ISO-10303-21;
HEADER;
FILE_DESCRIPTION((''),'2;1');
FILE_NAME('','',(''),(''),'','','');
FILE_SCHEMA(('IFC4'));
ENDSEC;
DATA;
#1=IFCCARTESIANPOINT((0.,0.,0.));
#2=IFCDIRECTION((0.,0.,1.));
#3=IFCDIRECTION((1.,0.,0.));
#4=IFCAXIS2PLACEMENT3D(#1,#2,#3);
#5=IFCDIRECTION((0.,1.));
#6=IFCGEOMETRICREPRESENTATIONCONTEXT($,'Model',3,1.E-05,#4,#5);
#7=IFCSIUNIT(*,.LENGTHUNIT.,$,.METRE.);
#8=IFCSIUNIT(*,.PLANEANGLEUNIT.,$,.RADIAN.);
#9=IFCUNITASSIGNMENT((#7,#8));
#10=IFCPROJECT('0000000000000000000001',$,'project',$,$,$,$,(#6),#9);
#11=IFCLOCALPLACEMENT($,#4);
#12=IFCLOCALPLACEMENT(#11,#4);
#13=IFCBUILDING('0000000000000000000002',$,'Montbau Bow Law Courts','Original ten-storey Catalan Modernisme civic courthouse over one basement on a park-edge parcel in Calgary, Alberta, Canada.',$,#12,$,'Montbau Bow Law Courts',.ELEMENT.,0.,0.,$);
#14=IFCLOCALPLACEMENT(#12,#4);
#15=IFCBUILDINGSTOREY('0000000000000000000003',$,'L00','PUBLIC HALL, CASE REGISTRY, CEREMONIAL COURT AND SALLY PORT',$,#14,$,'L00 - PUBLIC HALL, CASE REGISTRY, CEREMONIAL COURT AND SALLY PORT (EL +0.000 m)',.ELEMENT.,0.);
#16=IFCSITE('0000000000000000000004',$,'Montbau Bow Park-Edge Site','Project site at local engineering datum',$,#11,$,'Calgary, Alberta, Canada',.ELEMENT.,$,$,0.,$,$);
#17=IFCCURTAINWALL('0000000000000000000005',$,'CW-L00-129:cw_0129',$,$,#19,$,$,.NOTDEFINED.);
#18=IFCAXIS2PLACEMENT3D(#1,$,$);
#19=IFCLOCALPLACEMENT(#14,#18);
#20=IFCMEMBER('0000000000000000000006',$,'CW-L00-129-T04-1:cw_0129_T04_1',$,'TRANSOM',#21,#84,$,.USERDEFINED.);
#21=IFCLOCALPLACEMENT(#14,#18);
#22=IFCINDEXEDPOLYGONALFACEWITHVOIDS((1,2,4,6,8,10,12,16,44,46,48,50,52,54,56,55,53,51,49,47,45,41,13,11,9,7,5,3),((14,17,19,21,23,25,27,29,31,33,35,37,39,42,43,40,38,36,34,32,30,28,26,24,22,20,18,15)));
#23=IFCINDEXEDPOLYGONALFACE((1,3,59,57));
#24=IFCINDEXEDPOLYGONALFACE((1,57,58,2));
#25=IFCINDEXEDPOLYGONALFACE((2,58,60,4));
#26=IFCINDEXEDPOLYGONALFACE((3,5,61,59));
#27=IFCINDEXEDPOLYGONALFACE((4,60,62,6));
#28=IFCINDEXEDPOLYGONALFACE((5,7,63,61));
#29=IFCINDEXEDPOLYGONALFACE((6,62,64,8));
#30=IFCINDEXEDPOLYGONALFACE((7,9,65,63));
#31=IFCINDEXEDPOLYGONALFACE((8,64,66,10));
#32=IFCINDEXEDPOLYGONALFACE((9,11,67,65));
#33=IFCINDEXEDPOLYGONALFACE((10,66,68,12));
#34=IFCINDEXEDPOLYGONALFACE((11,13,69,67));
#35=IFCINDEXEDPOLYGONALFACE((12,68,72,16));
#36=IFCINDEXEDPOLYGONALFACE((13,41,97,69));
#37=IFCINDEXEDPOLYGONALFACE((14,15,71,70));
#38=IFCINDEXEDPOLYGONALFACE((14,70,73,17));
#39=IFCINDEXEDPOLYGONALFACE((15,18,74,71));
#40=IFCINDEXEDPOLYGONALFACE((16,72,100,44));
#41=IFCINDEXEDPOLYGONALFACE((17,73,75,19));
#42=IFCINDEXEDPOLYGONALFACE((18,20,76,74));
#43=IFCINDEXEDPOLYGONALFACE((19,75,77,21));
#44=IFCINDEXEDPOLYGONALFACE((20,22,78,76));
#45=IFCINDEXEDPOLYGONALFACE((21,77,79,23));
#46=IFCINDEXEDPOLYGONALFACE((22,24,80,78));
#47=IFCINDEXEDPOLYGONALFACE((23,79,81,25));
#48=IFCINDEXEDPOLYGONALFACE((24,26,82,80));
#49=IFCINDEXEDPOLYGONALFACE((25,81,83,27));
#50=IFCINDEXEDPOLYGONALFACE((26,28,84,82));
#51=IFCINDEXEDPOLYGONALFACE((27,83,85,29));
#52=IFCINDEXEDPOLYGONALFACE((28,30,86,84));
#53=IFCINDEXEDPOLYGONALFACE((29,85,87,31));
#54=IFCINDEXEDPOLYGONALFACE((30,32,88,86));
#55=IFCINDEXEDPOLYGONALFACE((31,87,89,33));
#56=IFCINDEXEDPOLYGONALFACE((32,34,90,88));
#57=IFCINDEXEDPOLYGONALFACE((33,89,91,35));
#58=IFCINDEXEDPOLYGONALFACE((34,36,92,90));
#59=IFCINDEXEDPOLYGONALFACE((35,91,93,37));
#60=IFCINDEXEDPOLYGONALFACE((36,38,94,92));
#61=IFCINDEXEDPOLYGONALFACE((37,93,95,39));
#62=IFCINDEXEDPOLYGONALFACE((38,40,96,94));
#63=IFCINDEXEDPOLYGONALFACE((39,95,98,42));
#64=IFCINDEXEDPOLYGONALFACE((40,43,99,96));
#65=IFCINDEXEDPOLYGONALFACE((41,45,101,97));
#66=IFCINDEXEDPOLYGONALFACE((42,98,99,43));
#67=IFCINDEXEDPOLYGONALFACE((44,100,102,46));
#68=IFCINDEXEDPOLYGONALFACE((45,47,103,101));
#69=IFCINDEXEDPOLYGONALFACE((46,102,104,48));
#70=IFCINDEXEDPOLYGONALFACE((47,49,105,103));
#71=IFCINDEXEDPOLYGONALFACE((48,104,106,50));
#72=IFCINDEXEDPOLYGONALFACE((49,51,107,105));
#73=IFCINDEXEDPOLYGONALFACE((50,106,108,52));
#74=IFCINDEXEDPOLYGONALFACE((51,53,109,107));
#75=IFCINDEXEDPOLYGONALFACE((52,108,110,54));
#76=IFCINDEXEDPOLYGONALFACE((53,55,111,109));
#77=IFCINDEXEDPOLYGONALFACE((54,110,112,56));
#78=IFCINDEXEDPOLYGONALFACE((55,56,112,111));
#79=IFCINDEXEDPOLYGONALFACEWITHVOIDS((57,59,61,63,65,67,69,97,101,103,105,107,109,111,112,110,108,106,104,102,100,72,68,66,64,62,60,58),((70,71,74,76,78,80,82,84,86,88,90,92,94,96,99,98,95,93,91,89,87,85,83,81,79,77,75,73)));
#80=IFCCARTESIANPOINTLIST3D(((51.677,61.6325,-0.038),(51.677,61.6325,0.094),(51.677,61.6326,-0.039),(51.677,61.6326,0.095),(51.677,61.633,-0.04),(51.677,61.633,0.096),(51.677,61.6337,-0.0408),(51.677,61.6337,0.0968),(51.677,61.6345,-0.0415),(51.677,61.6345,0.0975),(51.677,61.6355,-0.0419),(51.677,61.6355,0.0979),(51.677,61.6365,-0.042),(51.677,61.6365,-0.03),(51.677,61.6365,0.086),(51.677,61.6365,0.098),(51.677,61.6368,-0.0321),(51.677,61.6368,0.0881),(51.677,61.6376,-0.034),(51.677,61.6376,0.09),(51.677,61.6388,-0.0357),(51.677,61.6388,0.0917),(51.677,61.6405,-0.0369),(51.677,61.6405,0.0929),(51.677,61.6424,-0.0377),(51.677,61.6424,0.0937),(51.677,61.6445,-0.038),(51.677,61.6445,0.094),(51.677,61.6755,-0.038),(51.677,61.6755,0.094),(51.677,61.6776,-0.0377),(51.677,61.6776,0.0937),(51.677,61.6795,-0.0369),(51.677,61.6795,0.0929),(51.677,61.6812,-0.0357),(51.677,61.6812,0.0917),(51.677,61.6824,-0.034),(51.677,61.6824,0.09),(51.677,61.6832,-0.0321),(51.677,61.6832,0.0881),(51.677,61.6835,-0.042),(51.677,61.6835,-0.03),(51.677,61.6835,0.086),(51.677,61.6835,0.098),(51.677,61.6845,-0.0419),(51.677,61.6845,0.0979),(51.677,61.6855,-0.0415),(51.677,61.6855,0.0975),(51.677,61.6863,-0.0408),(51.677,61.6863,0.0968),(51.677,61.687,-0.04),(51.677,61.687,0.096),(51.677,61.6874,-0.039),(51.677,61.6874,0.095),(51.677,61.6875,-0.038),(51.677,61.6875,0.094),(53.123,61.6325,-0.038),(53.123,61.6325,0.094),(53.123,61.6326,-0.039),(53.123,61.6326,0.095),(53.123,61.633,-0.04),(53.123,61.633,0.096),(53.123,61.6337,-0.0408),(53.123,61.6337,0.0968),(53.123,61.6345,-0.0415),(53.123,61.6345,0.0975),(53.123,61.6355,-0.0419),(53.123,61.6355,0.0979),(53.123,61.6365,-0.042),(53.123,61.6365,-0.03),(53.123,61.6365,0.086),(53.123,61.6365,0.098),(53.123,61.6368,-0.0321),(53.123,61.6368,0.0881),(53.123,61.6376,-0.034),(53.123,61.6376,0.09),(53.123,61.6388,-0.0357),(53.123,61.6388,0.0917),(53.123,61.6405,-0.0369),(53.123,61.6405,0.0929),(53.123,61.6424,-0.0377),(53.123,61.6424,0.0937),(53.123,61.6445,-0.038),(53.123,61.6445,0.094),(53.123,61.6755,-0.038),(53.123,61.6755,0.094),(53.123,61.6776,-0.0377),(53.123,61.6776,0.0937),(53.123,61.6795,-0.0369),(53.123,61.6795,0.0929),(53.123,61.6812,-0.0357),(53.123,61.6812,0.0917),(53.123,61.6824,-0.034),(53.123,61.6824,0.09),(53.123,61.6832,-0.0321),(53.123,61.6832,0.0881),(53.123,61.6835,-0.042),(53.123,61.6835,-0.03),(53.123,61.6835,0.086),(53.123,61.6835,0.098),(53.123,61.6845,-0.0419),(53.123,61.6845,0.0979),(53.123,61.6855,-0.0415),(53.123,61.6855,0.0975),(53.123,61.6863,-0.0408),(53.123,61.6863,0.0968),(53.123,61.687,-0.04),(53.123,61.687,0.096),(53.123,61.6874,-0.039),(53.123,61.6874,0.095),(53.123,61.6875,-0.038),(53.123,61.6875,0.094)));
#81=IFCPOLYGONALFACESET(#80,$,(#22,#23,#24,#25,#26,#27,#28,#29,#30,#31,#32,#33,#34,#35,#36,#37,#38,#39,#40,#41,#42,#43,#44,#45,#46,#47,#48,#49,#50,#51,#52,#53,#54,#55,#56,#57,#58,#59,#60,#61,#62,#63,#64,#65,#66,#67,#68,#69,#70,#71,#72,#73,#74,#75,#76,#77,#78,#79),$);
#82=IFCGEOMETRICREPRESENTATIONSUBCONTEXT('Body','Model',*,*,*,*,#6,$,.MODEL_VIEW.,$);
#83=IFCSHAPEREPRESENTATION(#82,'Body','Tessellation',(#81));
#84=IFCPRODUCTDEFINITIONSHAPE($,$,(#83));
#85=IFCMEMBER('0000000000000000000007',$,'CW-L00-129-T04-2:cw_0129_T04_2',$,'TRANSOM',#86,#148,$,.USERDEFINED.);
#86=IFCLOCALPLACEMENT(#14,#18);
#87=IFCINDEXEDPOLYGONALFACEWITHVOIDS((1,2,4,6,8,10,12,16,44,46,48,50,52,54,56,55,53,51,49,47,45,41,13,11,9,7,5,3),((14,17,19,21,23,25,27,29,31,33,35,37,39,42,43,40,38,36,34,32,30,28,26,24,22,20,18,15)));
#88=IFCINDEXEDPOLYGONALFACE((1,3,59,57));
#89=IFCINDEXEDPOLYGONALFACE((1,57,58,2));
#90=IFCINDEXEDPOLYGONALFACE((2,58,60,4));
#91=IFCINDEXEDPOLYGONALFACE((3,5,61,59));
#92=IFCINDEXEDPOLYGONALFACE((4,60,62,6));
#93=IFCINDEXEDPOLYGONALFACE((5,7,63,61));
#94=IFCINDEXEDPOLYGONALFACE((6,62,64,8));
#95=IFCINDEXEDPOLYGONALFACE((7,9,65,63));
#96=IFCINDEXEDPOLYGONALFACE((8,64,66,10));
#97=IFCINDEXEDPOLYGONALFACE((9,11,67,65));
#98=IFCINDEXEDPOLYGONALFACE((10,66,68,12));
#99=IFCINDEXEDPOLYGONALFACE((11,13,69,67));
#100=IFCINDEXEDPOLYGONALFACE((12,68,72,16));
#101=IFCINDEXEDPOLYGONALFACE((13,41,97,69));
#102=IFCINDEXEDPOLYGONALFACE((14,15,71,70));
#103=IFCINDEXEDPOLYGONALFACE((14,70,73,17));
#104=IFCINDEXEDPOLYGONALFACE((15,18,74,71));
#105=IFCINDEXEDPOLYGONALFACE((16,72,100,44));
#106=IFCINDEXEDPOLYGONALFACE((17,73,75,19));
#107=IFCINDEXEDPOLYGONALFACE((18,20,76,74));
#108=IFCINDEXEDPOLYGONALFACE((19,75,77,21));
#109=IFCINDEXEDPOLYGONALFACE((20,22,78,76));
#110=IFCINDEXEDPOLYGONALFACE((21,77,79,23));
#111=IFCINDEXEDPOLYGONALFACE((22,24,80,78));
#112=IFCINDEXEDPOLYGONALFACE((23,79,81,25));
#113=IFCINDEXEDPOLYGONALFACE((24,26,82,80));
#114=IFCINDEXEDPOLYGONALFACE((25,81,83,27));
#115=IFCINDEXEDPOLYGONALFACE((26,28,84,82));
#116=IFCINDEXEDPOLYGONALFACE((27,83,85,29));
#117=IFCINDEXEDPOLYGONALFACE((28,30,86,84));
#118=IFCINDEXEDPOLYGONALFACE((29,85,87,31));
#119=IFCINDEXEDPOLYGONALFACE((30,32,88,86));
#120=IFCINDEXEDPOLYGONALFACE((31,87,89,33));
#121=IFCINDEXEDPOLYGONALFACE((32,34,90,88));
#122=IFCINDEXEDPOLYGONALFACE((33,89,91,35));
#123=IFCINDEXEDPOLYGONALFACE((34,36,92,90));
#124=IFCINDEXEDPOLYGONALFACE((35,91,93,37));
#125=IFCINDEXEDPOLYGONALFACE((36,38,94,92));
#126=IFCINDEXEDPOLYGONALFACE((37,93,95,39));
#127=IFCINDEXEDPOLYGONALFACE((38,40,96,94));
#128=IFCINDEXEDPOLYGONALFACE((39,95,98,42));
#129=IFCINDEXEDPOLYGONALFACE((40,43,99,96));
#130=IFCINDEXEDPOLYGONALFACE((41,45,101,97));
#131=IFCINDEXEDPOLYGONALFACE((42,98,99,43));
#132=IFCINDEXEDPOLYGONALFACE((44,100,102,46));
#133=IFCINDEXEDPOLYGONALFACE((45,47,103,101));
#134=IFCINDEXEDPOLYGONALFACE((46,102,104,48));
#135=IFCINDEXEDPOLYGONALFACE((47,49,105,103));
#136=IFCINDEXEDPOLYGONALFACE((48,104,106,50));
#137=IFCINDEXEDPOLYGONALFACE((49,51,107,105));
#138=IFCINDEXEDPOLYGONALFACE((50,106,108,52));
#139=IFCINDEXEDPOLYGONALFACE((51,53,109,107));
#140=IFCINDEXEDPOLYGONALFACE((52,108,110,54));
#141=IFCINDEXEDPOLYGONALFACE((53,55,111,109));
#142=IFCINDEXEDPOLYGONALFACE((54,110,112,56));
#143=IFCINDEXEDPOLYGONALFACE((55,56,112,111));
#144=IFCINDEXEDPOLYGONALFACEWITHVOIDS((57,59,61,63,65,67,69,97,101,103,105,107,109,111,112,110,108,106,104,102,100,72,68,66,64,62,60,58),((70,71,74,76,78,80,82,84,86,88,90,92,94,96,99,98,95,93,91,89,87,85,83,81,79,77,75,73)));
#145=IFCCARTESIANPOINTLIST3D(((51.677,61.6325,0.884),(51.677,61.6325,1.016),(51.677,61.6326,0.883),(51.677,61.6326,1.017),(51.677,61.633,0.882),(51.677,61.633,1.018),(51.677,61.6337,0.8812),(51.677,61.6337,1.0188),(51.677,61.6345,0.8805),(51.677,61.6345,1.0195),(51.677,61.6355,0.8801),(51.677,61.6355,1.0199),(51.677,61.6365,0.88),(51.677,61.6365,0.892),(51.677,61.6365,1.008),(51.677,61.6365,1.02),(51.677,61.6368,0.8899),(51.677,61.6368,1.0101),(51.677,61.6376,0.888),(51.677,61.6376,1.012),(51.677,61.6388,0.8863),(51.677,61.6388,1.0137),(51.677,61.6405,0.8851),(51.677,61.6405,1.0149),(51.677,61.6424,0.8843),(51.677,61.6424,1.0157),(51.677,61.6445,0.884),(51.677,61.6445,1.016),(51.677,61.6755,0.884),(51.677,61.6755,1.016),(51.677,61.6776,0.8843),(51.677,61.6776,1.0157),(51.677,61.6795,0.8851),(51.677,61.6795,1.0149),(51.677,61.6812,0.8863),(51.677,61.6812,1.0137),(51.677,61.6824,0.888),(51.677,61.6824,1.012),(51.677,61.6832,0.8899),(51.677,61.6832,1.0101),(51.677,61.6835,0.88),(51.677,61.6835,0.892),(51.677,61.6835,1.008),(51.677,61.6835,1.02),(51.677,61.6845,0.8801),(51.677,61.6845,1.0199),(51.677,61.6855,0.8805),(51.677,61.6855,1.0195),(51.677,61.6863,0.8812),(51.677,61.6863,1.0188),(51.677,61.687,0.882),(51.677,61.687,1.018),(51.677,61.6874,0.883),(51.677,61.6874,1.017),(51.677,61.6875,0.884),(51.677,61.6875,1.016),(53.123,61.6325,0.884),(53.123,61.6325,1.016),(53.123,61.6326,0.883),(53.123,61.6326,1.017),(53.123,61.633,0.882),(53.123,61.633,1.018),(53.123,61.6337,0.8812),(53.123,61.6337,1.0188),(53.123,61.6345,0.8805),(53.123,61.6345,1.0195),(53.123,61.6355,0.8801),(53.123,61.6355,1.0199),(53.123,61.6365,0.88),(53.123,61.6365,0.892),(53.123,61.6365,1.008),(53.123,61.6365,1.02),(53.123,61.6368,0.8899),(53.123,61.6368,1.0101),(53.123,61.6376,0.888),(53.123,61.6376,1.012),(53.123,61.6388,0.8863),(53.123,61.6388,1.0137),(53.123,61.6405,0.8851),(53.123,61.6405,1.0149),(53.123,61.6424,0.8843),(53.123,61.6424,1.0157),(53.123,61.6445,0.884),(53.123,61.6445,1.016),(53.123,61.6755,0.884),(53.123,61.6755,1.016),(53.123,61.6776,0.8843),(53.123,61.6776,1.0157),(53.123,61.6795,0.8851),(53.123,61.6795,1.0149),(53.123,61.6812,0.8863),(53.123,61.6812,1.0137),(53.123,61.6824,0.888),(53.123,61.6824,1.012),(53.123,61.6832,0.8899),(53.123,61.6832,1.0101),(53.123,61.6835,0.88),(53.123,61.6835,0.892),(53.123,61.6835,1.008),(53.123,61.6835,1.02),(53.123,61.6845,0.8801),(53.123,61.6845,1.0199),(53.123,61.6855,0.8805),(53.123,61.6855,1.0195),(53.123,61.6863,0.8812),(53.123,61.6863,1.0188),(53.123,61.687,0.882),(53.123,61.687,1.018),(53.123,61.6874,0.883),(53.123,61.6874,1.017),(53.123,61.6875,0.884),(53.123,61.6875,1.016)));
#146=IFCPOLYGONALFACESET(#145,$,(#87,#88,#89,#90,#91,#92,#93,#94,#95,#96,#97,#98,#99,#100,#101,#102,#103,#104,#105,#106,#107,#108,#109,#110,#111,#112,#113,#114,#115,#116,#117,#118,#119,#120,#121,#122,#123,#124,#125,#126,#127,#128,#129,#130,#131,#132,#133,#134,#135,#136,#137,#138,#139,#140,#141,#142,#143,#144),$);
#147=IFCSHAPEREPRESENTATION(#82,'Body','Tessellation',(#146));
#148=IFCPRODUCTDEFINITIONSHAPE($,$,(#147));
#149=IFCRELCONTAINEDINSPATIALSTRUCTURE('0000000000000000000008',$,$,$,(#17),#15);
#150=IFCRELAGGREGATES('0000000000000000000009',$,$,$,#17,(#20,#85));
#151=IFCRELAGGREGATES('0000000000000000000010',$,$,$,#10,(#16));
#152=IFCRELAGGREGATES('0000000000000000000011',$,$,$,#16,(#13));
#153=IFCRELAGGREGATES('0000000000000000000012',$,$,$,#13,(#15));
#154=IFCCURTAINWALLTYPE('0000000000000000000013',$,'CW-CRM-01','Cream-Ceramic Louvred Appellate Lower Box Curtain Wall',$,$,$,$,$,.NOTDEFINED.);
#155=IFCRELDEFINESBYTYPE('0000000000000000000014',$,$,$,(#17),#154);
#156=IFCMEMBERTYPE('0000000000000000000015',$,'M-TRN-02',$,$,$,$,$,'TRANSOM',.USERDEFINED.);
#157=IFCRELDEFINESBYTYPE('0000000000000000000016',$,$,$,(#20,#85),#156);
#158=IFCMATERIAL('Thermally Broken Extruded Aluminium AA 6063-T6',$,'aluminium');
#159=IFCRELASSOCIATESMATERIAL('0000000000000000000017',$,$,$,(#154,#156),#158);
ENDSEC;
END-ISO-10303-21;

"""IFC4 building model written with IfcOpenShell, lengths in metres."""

from ifc_helpers import new_model, si_unit, direction, frame, origin_with_axes, origin_2d_with_axis, place, context, subcontext, project, spatial, hollow_rectangle, extrude, material, material_profile, profile_set, type_object, element, aggregate, save


model = new_model("IFC4")

# Units and contexts
model_context = context("Model", 3, precision=1e-05, world=origin_with_axes(), true_north=direction((0.0, 1.0)))
body_context = subcontext(model_context, "Body", "Model", "MODEL_VIEW")
ifc_project = project(units=[si_unit("LENGTHUNIT", "METRE"), si_unit("PLANEANGLEUNIT", "RADIAN")], contexts=[model_context])

# Site, building, storey
site_placement = place(None, origin_with_axes())
site = spatial("IfcSite", under=ifc_project, at=site_placement, Name="Montbau Bow Park-Edge Site", Description="Project site at local engineering datum", LongName="Calgary, Alberta, Canada", CompositionType="ELEMENT", RefElevation=0.0)
building_placement = place(site_placement, origin_with_axes())
building = spatial("IfcBuilding", under=site, at=building_placement, Name="Montbau Bow Law Courts", Description="Original ten-storey Catalan Modernisme civic courthouse over one basement on a park-edge parcel in Calgary, Alberta, Canada.", LongName="Montbau Bow Law Courts", CompositionType="ELEMENT", ElevationOfRefHeight=0.0, ElevationOfTerrain=0.0)
storey_placement = place(building_placement, origin_with_axes())
storey = spatial("IfcBuildingStorey", under=building, at=storey_placement, Name="L00", Description="PUBLIC HALL, CASE REGISTRY, CEREMONIAL COURT AND SALLY PORT", LongName="L00 - PUBLIC HALL, CASE REGISTRY, CEREMONIAL COURT AND SALLY PORT (EL +0.000 m)", CompositionType="ELEMENT", Elevation=0.0)

# Curtain wall, members
ifc_material_1 = material(Name="Thermally Broken Extruded Aluminium AA 6063-T6", Category="aluminium")
curtain_wall_type = type_object("IfcCurtainWallType", Name="CW-CRM-01", Description="Cream-Ceramic Louvred Appellate Lower Box Curtain Wall", PredefinedType="NOTDEFINED", material=ifc_material_1)
curtain_wall_placement = place(None, frame((47.068, 61.66, 0.0), z_axis=(0.0, 0.0, 1.0), x_axis=(1.0, 0.0, 0.0)))
curtain_wall = element("IfcCurtainWall", 1, at=curtain_wall_placement, inside=storey, type_object=curtain_wall_type, Name="CW-L00-129:cw_0129", PredefinedType="NOTDEFINED")
ifc_material_profile_1 = material_profile(ifc_material_1, hollow_rectangle(XDim=0.055, YDim=0.14, WallThickness=0.004, InnerFilletRadius=0.008, OuterFilletRadius=0.004, at=origin_2d_with_axis()), Name="CWT-140X55", Category="Main", Priority=0)
ifc_profile_set_1 = profile_set([ifc_material_profile_1], Name="Thermally Broken Extruded Aluminium AA 6063-T6")
member_type_1 = type_object("IfcMemberType", Name="M-TRN-02", ElementType="TRANSOM", PredefinedType="USERDEFINED", material=ifc_profile_set_1)
member_1_placement = place(None, frame((51.677, 61.66, 0.028), z_axis=(1.0, 0.0, 0.0), x_axis=(0.0, 1.0, 0.0)))
member_1 = element("IfcMember", 2, at=member_1_placement, type_object=member_type_1, Name="CW-L00-129-T04-1:cw_0129_T04_1", ObjectType="TRANSOM", PredefinedType="USERDEFINED", context=body_context, shape_type="SweptSolid", body=[
    extrude(hollow_rectangle(XDim=0.055, YDim=0.14, WallThickness=0.004, InnerFilletRadius=0.008, OuterFilletRadius=0.004, at=origin_2d_with_axis()), origin_with_axes(), (0.0, 0.0, 1.0), 1.446),
])
member_2_placement = place(None, frame((51.677, 61.66, 0.95), z_axis=(1.0, 0.0, 0.0), x_axis=(0.0, 1.0, 0.0)))
member_2 = element("IfcMember", 3, at=member_2_placement, type_object=member_type_1, Name="CW-L00-129-T04-2:cw_0129_T04_2", ObjectType="TRANSOM", PredefinedType="USERDEFINED", context=body_context, shape_type="SweptSolid", body=[
    extrude(hollow_rectangle(XDim=0.055, YDim=0.14, WallThickness=0.004, InnerFilletRadius=0.008, OuterFilletRadius=0.004, at=origin_2d_with_axis()), origin_with_axes(), (0.0, 0.0, 1.0), 1.446),
])
aggregate(curtain_wall, [member_1, member_2])

save(model, "model.ifc")
